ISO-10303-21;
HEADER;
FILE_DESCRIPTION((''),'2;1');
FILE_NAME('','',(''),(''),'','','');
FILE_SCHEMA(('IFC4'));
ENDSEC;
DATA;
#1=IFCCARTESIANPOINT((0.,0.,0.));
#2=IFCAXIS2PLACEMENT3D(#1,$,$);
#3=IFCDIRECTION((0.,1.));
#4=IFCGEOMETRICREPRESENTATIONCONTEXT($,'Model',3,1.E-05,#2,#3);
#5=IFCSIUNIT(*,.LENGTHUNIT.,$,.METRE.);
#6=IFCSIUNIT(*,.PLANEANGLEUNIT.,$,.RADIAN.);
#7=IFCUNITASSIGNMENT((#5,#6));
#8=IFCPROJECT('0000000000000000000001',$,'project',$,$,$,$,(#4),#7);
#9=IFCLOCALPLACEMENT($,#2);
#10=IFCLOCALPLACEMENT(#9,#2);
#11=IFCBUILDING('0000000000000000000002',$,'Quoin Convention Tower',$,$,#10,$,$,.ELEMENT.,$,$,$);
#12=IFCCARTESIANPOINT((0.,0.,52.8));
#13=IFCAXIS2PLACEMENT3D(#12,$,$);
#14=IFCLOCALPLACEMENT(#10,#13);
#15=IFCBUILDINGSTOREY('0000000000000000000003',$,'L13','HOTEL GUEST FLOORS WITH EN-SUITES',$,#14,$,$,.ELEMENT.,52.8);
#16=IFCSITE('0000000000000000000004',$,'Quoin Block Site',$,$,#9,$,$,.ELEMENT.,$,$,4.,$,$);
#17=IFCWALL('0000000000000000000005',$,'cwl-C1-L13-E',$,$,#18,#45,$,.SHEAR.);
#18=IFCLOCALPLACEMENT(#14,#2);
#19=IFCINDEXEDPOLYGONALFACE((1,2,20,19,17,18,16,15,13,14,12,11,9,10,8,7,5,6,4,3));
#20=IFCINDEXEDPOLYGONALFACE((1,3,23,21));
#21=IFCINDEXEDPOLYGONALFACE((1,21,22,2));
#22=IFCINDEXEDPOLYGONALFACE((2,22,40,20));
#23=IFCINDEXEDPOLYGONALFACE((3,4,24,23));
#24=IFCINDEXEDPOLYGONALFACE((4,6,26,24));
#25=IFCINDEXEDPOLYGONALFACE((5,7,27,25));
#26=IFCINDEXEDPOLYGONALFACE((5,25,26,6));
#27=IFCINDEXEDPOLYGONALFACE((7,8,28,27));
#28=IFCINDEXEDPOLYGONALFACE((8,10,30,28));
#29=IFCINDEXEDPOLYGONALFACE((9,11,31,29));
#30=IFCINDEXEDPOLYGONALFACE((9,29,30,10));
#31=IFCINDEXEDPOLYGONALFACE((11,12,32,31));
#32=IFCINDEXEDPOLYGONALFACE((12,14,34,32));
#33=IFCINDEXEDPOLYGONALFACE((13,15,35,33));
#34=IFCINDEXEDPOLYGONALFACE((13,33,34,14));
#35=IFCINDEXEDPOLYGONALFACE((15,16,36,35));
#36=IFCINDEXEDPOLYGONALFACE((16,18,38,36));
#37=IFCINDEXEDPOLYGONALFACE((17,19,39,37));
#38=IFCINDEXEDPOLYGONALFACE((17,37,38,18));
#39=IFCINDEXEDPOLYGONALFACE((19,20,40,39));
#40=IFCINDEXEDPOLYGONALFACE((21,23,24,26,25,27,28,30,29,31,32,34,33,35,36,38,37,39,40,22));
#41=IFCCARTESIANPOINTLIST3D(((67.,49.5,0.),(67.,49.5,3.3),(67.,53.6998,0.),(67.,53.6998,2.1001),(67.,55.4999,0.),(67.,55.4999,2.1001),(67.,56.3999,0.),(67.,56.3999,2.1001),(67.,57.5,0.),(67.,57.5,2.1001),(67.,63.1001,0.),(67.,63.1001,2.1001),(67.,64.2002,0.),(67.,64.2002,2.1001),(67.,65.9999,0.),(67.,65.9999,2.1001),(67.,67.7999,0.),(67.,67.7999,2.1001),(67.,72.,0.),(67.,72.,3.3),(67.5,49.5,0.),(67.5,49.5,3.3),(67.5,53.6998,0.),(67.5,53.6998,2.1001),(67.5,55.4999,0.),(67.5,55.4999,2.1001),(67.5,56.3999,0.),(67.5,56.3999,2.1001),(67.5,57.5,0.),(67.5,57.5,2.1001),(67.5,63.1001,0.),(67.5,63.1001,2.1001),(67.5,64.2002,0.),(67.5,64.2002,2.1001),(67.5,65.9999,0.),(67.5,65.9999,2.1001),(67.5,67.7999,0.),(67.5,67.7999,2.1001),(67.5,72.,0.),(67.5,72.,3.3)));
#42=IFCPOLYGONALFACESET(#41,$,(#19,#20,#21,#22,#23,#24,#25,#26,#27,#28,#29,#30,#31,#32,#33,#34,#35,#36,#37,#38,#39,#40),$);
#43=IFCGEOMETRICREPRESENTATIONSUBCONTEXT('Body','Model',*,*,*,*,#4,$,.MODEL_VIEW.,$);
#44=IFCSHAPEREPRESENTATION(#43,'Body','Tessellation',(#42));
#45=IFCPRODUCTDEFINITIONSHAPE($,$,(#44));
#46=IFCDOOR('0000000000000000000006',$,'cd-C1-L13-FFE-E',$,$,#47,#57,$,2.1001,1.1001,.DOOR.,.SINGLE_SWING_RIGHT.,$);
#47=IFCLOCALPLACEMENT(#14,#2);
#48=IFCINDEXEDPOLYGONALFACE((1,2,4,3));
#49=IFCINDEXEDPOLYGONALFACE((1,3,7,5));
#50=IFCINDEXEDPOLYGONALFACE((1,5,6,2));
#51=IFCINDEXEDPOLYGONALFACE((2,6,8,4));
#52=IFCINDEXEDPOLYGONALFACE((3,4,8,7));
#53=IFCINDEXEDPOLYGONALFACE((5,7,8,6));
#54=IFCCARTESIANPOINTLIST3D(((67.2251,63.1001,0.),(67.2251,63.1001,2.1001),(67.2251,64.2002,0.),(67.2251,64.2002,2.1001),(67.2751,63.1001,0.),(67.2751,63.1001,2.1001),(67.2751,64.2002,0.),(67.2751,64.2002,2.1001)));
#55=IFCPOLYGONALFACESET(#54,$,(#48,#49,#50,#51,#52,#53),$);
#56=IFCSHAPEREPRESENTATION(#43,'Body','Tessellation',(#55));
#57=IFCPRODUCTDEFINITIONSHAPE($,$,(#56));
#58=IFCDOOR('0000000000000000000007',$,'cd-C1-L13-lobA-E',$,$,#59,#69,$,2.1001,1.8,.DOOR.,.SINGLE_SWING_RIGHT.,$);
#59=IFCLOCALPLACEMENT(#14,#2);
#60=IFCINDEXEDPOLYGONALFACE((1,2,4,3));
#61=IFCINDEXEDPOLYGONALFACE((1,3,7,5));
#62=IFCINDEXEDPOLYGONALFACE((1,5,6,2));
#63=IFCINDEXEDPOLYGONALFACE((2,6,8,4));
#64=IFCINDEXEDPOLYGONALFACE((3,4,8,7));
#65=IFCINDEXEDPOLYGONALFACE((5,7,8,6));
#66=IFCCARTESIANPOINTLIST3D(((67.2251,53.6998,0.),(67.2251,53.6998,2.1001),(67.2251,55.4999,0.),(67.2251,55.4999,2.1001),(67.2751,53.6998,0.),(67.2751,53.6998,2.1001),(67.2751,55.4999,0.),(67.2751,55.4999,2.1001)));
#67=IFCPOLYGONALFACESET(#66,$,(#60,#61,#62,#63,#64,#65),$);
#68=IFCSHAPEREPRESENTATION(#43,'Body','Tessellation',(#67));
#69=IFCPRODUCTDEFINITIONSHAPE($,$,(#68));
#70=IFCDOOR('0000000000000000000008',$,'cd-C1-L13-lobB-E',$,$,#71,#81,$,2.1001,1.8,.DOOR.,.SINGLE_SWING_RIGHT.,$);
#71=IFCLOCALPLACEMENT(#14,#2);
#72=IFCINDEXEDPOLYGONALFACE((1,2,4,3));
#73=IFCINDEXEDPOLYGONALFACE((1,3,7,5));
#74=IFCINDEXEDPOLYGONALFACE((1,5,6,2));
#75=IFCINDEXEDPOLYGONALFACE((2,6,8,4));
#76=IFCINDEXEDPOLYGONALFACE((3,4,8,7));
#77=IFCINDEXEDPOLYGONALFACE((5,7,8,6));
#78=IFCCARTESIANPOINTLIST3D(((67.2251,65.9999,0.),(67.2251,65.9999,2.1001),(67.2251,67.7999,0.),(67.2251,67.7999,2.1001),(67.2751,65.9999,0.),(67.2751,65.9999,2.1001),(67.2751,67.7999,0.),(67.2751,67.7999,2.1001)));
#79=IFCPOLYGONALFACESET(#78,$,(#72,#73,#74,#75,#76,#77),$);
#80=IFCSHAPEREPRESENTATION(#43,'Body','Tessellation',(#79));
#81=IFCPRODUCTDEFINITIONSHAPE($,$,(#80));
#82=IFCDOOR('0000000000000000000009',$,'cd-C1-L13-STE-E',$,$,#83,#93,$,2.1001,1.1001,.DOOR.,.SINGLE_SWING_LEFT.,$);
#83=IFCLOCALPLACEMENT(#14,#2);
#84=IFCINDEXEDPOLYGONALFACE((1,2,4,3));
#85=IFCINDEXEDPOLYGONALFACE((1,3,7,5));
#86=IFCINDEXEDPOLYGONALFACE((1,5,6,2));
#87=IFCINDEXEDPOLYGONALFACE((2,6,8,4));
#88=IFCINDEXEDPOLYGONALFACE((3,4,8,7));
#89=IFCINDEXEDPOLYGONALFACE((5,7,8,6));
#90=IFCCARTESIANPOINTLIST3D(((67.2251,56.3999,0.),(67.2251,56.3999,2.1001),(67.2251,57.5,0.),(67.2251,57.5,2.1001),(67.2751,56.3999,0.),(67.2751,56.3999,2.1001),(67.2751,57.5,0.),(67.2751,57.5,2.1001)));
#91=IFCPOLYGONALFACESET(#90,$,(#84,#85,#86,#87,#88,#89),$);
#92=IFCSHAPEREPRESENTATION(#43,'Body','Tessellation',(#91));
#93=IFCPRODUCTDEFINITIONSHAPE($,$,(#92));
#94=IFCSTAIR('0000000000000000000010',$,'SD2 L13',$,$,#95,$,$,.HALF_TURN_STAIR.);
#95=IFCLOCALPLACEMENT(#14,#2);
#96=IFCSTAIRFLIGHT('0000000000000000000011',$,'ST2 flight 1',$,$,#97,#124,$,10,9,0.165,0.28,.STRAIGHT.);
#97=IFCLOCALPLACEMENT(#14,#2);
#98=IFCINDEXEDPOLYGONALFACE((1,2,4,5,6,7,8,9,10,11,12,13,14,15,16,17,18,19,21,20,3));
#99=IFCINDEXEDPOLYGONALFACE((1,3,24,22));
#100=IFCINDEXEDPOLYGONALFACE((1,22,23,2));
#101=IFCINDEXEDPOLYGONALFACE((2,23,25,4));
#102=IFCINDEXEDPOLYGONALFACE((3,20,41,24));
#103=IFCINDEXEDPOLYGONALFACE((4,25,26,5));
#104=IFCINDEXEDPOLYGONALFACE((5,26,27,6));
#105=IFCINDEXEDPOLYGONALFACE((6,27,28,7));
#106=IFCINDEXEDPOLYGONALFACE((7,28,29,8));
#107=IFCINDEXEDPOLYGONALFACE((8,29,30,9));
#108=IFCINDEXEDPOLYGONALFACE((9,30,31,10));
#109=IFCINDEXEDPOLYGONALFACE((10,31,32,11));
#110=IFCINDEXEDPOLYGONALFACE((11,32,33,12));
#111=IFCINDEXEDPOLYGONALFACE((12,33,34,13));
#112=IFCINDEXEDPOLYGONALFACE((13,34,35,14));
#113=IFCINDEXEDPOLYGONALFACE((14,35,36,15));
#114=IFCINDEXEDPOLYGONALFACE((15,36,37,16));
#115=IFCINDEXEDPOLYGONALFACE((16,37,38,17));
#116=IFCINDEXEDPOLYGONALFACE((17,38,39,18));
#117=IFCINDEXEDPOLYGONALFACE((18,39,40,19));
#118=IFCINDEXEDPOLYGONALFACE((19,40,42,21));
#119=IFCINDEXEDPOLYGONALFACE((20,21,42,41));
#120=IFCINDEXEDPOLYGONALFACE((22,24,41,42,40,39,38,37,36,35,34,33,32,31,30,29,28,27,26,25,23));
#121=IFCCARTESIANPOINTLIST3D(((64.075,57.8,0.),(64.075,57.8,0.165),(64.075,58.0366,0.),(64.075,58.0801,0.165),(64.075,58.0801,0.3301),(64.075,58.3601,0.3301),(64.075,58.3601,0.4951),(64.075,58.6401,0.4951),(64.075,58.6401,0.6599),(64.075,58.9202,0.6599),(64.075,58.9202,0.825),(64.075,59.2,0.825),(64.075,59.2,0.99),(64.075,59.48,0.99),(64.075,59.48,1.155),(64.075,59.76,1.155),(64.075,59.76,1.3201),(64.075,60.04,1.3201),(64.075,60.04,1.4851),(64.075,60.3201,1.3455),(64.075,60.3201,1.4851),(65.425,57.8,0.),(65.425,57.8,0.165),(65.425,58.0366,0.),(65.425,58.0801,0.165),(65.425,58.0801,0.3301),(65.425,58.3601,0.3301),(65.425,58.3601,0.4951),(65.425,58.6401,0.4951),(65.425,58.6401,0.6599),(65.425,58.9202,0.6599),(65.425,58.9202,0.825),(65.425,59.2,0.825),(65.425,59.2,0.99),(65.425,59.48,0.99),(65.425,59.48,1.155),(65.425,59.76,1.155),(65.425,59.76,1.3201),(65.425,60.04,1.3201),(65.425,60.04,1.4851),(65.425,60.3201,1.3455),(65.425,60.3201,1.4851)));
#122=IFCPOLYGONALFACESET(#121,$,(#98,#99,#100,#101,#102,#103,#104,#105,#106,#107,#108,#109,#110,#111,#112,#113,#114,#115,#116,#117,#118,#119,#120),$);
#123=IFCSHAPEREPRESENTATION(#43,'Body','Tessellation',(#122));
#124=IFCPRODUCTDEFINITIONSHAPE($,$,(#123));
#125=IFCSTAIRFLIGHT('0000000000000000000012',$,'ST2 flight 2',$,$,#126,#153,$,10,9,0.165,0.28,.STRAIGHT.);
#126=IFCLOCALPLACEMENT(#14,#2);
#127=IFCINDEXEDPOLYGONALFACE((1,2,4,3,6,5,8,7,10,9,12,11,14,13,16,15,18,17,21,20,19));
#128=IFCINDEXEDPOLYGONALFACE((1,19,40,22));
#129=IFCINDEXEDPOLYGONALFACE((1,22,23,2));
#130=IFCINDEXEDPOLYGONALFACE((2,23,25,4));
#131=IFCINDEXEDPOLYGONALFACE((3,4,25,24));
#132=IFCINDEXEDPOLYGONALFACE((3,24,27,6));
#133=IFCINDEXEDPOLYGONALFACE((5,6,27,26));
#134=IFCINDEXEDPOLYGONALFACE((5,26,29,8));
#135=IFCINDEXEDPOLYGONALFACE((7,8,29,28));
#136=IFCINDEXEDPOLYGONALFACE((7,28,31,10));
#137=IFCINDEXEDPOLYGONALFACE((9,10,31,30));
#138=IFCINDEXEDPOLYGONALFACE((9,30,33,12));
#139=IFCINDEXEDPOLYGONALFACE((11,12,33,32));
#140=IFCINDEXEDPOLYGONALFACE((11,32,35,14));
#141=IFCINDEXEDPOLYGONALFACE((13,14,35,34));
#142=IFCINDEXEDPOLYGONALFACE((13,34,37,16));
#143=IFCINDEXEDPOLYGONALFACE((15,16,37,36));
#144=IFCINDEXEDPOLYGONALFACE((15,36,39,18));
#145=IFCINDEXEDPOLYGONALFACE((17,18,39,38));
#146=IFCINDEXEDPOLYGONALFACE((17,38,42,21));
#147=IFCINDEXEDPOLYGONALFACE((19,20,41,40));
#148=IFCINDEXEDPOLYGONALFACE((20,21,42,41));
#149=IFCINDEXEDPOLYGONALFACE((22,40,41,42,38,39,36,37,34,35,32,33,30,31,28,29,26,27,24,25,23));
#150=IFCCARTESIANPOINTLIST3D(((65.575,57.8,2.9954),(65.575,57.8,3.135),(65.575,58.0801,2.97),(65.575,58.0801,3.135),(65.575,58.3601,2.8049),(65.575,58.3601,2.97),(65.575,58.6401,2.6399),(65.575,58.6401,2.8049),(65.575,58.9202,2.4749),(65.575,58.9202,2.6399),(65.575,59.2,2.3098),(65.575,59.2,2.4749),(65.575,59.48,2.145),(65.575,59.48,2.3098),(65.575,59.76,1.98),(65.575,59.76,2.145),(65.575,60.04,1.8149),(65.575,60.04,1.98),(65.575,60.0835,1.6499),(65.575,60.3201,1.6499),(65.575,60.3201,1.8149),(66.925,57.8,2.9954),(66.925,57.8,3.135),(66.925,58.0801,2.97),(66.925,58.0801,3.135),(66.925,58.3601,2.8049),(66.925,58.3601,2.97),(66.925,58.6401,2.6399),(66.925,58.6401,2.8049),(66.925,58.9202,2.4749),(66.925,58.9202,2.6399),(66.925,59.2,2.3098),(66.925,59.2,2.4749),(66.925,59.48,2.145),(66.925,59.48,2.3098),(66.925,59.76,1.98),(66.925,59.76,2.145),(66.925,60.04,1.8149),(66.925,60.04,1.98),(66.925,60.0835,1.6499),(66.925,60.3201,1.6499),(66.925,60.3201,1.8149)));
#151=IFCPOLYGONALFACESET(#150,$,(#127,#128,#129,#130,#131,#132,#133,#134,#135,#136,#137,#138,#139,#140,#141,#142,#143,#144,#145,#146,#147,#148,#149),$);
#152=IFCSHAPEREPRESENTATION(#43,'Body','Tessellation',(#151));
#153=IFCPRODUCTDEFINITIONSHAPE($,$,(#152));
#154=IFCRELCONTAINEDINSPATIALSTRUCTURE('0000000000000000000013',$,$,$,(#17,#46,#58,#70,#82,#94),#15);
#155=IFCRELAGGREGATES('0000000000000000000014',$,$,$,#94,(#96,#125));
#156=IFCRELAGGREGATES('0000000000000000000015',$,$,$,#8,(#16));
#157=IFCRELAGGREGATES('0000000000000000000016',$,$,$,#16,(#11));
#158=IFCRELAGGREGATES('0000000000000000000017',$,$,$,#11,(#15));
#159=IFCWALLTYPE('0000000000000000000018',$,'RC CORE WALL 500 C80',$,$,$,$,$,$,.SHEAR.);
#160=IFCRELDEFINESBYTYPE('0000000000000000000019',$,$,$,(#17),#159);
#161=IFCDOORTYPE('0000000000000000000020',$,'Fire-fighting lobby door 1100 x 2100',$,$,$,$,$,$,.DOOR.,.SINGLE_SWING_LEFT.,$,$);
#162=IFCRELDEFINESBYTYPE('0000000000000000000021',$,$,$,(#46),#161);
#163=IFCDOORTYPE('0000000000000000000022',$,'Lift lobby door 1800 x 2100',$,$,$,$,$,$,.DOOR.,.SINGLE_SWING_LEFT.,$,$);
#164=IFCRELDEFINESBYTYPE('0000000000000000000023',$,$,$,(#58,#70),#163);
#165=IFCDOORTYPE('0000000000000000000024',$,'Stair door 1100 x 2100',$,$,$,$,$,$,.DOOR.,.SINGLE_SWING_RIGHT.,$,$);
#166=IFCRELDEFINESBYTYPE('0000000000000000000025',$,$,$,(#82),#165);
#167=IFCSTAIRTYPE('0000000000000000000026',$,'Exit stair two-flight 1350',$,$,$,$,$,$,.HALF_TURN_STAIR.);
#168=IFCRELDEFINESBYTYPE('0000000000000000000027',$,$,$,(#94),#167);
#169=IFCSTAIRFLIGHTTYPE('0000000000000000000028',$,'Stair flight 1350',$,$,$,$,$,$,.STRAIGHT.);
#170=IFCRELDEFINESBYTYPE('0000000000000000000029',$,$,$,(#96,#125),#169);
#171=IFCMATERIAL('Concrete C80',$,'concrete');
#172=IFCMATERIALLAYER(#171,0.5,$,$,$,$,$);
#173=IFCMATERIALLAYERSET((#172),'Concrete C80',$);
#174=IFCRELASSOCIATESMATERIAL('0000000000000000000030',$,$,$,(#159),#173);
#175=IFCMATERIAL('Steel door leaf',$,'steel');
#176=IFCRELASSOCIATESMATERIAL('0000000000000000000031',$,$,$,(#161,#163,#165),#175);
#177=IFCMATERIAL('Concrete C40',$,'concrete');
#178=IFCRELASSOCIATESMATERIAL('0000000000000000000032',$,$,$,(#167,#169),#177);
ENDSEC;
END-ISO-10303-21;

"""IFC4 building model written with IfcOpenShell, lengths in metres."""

from ifc_helpers import new_model, si_unit, direction, frame, frame_2d, origin, place, context, subcontext, project, spatial, polyline, rectangle, outline, extrude, material, layer, layer_set, type_object, element, fill, aggregate, save


model = new_model("IFC4")

# Units and contexts
model_context = context("Model", 3, precision=1e-05, world=origin(), true_north=direction((0.0, 1.0)))
body_context = subcontext(model_context, "Body", "Model", "MODEL_VIEW")
ifc_project = project(units=[si_unit("LENGTHUNIT", "METRE"), si_unit("PLANEANGLEUNIT", "RADIAN")], contexts=[model_context])

# Site, building, storey
site_placement = place(None, origin())
site = spatial("IfcSite", under=ifc_project, at=site_placement, Name="Quoin Block Site", CompositionType="ELEMENT", RefElevation=4.0)
building_placement = place(site_placement, origin())
building = spatial("IfcBuilding", under=site, at=building_placement, Name="Quoin Convention Tower", CompositionType="ELEMENT")
storey_placement = place(building_placement, frame((0.0, 0.0, 52.8)))
storey = spatial("IfcBuildingStorey", under=building, at=storey_placement, Name="L13", Description="HOTEL GUEST FLOORS WITH EN-SUITES", CompositionType="ELEMENT", Elevation=52.8)

# Shared definitions
ifc_material_1 = material(Name="Steel door leaf", Category="steel")

# Wall, openings, doors
ifc_material_2 = material(Name="Concrete C80", Category="concrete")
ifc_layer_1 = layer(ifc_material_2, 0.5)
ifc_layer_set_1 = layer_set([ifc_layer_1], Name="Concrete C80")
wall_type_1 = type_object("IfcWallType", Name="RC CORE WALL 500 C80", PredefinedType="SHEAR", material=ifc_layer_set_1)
wall_1_placement = place(storey_placement, frame((67.25, 49.5, 0.0), z_axis=(0.0, 0.0, 1.0), x_axis=(0.0, 1.0, 0.0)))
wall_1 = element("IfcWall", 1, at=wall_1_placement, inside=storey, type_object=wall_type_1, Name="cwl-C1-L13-E", PredefinedType="SHEAR", context=body_context, shape_type="SweptSolid", body=[
    extrude(rectangle(XDim=22.5, YDim=0.5, at=frame_2d((11.25, 0.0))), origin(), (0.0, 0.0, 1.0), 3.3),
])
opening_1_placement = place(wall_1_placement, frame((4.2, 0.0, 0.0)))
opening_1 = element("IfcOpeningElement", 2, at=opening_1_placement, cuts=wall_1, PredefinedType="OPENING", context=body_context, shape_type="SweptSolid", body=[
    extrude(rectangle(XDim=1.8, YDim=2.1001, at=frame_2d((0.8999, 1.05))), frame((0.0, 0.26, 0.0), z_axis=(0.0, -1.0, 0.0), x_axis=(1.0, 0.0, 0.0)), (0.0, 0.0, 1.0), 0.52),
])
opening_2_placement = place(wall_1_placement, frame((6.8999, 0.0, 0.0)))
opening_2 = element("IfcOpeningElement", 3, at=opening_2_placement, cuts=wall_1, PredefinedType="OPENING", context=body_context, shape_type="SweptSolid", body=[
    extrude(rectangle(XDim=1.1001, YDim=2.1001, at=frame_2d((0.55, 1.05))), frame((0.0, 0.26, 0.0), z_axis=(0.0, -1.0, 0.0), x_axis=(1.0, 0.0, 0.0)), (0.0, 0.0, 1.0), 0.52),
])
opening_3_placement = place(wall_1_placement, frame((13.6001, 0.0, 0.0)))
opening_3 = element("IfcOpeningElement", 4, at=opening_3_placement, cuts=wall_1, PredefinedType="OPENING", context=body_context, shape_type="SweptSolid", body=[
    extrude(rectangle(XDim=1.1001, YDim=2.1001, at=frame_2d((0.55, 1.05))), frame((0.0, 0.26, 0.0), z_axis=(0.0, -1.0, 0.0), x_axis=(1.0, 0.0, 0.0)), (0.0, 0.0, 1.0), 0.52),
])
opening_4_placement = place(wall_1_placement, frame((16.5, 0.0, 0.0)))
opening_4 = element("IfcOpeningElement", 5, at=opening_4_placement, cuts=wall_1, PredefinedType="OPENING", context=body_context, shape_type="SweptSolid", body=[
    extrude(rectangle(XDim=1.8, YDim=2.1001, at=frame_2d((0.8999, 1.05))), frame((0.0, 0.26, 0.0), z_axis=(0.0, -1.0, 0.0), x_axis=(1.0, 0.0, 0.0)), (0.0, 0.0, 1.0), 0.52),
])
door_type_1 = type_object("IfcDoorType", Name="Fire-fighting lobby door 1100 x 2100", OperationType="SINGLE_SWING_LEFT", PredefinedType="DOOR", material=ifc_material_1)
door_1_placement = place(opening_3_placement, origin())
door_1 = element("IfcDoor", 6, at=door_1_placement, inside=storey, type_object=door_type_1, Name="cd-C1-L13-FFE-E", OperationType="SINGLE_SWING_RIGHT", OverallHeight=2.1001, OverallWidth=1.1001, PredefinedType="DOOR", context=body_context, shape_type="SweptSolid", body=[
    extrude(rectangle(XDim=1.1001, YDim=2.1001, at=frame_2d((0.55, 1.05))), frame((0.0, 0.0249, 0.0), z_axis=(0.0, -1.0, 0.0), x_axis=(1.0, 0.0, 0.0)), (0.0, 0.0, 1.0), 0.05),
])
fill(opening_3, door_1)
door_type_2 = type_object("IfcDoorType", Name="Lift lobby door 1800 x 2100", OperationType="SINGLE_SWING_LEFT", PredefinedType="DOOR", material=ifc_material_1)
door_2_placement = place(opening_1_placement, origin())
door_2 = element("IfcDoor", 7, at=door_2_placement, inside=storey, type_object=door_type_2, Name="cd-C1-L13-lobA-E", OperationType="SINGLE_SWING_RIGHT", OverallHeight=2.1001, OverallWidth=1.8, PredefinedType="DOOR", context=body_context, shape_type="SweptSolid", body=[
    extrude(rectangle(XDim=1.8, YDim=2.1001, at=frame_2d((0.8999, 1.05))), frame((0.0, 0.0249, 0.0), z_axis=(0.0, -1.0, 0.0), x_axis=(1.0, 0.0, 0.0)), (0.0, 0.0, 1.0), 0.05),
])
fill(opening_1, door_2)
door_3_placement = place(opening_4_placement, origin())
door_3 = element("IfcDoor", 8, at=door_3_placement, inside=storey, type_object=door_type_2, Name="cd-C1-L13-lobB-E", OperationType="SINGLE_SWING_RIGHT", OverallHeight=2.1001, OverallWidth=1.8, PredefinedType="DOOR", context=body_context, shape_type="SweptSolid", body=[
    extrude(rectangle(XDim=1.8, YDim=2.1001, at=frame_2d((0.8999, 1.05))), frame((0.0, 0.0249, 0.0), z_axis=(0.0, -1.0, 0.0), x_axis=(1.0, 0.0, 0.0)), (0.0, 0.0, 1.0), 0.05),
])
fill(opening_4, door_3)
door_type_3 = type_object("IfcDoorType", Name="Stair door 1100 x 2100", OperationType="SINGLE_SWING_RIGHT", PredefinedType="DOOR", material=ifc_material_1)
door_4_placement = place(opening_2_placement, origin())
door_4 = element("IfcDoor", 9, at=door_4_placement, inside=storey, type_object=door_type_3, Name="cd-C1-L13-STE-E", OperationType="SINGLE_SWING_LEFT", OverallHeight=2.1001, OverallWidth=1.1001, PredefinedType="DOOR", context=body_context, shape_type="SweptSolid", body=[
    extrude(rectangle(XDim=1.1001, YDim=2.1001, at=frame_2d((0.55, 1.05))), frame((0.0, 0.0249, 0.0), z_axis=(0.0, -1.0, 0.0), x_axis=(1.0, 0.0, 0.0)), (0.0, 0.0, 1.0), 0.05),
])
fill(opening_2, door_4)

# Stair, stair flights
ifc_material_3 = material(Name="Concrete C40", Category="concrete")
stair_type = type_object("IfcStairType", Name="Exit stair two-flight 1350", PredefinedType="HALF_TURN_STAIR", material=ifc_material_3)
stair_placement = place(storey_placement, origin())
stair = element("IfcStair", 10, at=stair_placement, inside=storey, type_object=stair_type, Name="SD2 L13", PredefinedType="HALF_TURN_STAIR")
stair_flight_type = type_object("IfcStairFlightType", Name="Stair flight 1350", PredefinedType="STRAIGHT", material=ifc_material_3)
stair_flight_1_placement = place(storey_placement, frame((64.75, 57.8, 0.0), z_axis=(0.0, 0.0, 1.0), x_axis=(0.0, 1.0, 0.0)))
stair_flight_1 = element("IfcStairFlight", 11, at=stair_flight_1_placement, type_object=stair_flight_type, Name="ST2 flight 1", NumberOfRisers=10, NumberOfTreads=9, PredefinedType="STRAIGHT", RiserHeight=0.165, TreadLength=0.28, context=body_context, shape_type="SweptSolid", body=[
    extrude(outline(polyline([(0.0, 0.0), (0.0, 0.165), (0.28, 0.165), (0.28, 0.3301), (0.5601, 0.3301), (0.5601, 0.4951), (0.8401, 0.4951), (0.8401, 0.6599), (1.1201, 0.6599), (1.1201, 0.825), (1.3999, 0.825), (1.3999, 0.99), (1.6799, 0.99), (1.6799, 1.155), (1.96, 1.155), (1.96, 1.3201), (2.24, 1.3201), (2.24, 1.4851), (2.52, 1.4851), (2.52, 1.6499), (2.52, 1.3455), (0.2366, 0.0), (0.0, 0.0)])), frame((0.0, 0.675, 0.0), z_axis=(0.0, -1.0, 0.0), x_axis=(1.0, 0.0, 0.0)), (0.0, 0.0, 1.0), 1.3501),
])
stair_flight_2_placement = place(storey_placement, frame((66.25, 60.3201, 1.6499), z_axis=(0.0, 0.0, 1.0), x_axis=(0.0, -1.0, 0.0)))
stair_flight_2 = element("IfcStairFlight", 12, at=stair_flight_2_placement, type_object=stair_flight_type, Name="ST2 flight 2", NumberOfRisers=10, NumberOfTreads=9, PredefinedType="STRAIGHT", RiserHeight=0.165, TreadLength=0.28, context=body_context, shape_type="SweptSolid", body=[
    extrude(outline(polyline([(0.0, 0.0), (0.0, 0.165), (0.28, 0.165), (0.28, 0.3301), (0.5601, 0.3301), (0.5601, 0.4951), (0.8401, 0.4951), (0.8401, 0.6599), (1.1201, 0.6599), (1.1201, 0.825), (1.3999, 0.825), (1.3999, 0.99), (1.6799, 0.99), (1.6799, 1.155), (1.96, 1.155), (1.96, 1.3201), (2.24, 1.3201), (2.24, 1.4851), (2.52, 1.4851), (2.52, 1.6499), (2.52, 1.3455), (0.2366, 0.0), (0.0, 0.0)])), frame((0.0, 0.675, 0.0), z_axis=(0.0, -1.0, 0.0), x_axis=(1.0, 0.0, 0.0)), (0.0, 0.0, 1.0), 1.3501),
])
aggregate(stair, [stair_flight_1, stair_flight_2])

save(model, "model.ifc")
